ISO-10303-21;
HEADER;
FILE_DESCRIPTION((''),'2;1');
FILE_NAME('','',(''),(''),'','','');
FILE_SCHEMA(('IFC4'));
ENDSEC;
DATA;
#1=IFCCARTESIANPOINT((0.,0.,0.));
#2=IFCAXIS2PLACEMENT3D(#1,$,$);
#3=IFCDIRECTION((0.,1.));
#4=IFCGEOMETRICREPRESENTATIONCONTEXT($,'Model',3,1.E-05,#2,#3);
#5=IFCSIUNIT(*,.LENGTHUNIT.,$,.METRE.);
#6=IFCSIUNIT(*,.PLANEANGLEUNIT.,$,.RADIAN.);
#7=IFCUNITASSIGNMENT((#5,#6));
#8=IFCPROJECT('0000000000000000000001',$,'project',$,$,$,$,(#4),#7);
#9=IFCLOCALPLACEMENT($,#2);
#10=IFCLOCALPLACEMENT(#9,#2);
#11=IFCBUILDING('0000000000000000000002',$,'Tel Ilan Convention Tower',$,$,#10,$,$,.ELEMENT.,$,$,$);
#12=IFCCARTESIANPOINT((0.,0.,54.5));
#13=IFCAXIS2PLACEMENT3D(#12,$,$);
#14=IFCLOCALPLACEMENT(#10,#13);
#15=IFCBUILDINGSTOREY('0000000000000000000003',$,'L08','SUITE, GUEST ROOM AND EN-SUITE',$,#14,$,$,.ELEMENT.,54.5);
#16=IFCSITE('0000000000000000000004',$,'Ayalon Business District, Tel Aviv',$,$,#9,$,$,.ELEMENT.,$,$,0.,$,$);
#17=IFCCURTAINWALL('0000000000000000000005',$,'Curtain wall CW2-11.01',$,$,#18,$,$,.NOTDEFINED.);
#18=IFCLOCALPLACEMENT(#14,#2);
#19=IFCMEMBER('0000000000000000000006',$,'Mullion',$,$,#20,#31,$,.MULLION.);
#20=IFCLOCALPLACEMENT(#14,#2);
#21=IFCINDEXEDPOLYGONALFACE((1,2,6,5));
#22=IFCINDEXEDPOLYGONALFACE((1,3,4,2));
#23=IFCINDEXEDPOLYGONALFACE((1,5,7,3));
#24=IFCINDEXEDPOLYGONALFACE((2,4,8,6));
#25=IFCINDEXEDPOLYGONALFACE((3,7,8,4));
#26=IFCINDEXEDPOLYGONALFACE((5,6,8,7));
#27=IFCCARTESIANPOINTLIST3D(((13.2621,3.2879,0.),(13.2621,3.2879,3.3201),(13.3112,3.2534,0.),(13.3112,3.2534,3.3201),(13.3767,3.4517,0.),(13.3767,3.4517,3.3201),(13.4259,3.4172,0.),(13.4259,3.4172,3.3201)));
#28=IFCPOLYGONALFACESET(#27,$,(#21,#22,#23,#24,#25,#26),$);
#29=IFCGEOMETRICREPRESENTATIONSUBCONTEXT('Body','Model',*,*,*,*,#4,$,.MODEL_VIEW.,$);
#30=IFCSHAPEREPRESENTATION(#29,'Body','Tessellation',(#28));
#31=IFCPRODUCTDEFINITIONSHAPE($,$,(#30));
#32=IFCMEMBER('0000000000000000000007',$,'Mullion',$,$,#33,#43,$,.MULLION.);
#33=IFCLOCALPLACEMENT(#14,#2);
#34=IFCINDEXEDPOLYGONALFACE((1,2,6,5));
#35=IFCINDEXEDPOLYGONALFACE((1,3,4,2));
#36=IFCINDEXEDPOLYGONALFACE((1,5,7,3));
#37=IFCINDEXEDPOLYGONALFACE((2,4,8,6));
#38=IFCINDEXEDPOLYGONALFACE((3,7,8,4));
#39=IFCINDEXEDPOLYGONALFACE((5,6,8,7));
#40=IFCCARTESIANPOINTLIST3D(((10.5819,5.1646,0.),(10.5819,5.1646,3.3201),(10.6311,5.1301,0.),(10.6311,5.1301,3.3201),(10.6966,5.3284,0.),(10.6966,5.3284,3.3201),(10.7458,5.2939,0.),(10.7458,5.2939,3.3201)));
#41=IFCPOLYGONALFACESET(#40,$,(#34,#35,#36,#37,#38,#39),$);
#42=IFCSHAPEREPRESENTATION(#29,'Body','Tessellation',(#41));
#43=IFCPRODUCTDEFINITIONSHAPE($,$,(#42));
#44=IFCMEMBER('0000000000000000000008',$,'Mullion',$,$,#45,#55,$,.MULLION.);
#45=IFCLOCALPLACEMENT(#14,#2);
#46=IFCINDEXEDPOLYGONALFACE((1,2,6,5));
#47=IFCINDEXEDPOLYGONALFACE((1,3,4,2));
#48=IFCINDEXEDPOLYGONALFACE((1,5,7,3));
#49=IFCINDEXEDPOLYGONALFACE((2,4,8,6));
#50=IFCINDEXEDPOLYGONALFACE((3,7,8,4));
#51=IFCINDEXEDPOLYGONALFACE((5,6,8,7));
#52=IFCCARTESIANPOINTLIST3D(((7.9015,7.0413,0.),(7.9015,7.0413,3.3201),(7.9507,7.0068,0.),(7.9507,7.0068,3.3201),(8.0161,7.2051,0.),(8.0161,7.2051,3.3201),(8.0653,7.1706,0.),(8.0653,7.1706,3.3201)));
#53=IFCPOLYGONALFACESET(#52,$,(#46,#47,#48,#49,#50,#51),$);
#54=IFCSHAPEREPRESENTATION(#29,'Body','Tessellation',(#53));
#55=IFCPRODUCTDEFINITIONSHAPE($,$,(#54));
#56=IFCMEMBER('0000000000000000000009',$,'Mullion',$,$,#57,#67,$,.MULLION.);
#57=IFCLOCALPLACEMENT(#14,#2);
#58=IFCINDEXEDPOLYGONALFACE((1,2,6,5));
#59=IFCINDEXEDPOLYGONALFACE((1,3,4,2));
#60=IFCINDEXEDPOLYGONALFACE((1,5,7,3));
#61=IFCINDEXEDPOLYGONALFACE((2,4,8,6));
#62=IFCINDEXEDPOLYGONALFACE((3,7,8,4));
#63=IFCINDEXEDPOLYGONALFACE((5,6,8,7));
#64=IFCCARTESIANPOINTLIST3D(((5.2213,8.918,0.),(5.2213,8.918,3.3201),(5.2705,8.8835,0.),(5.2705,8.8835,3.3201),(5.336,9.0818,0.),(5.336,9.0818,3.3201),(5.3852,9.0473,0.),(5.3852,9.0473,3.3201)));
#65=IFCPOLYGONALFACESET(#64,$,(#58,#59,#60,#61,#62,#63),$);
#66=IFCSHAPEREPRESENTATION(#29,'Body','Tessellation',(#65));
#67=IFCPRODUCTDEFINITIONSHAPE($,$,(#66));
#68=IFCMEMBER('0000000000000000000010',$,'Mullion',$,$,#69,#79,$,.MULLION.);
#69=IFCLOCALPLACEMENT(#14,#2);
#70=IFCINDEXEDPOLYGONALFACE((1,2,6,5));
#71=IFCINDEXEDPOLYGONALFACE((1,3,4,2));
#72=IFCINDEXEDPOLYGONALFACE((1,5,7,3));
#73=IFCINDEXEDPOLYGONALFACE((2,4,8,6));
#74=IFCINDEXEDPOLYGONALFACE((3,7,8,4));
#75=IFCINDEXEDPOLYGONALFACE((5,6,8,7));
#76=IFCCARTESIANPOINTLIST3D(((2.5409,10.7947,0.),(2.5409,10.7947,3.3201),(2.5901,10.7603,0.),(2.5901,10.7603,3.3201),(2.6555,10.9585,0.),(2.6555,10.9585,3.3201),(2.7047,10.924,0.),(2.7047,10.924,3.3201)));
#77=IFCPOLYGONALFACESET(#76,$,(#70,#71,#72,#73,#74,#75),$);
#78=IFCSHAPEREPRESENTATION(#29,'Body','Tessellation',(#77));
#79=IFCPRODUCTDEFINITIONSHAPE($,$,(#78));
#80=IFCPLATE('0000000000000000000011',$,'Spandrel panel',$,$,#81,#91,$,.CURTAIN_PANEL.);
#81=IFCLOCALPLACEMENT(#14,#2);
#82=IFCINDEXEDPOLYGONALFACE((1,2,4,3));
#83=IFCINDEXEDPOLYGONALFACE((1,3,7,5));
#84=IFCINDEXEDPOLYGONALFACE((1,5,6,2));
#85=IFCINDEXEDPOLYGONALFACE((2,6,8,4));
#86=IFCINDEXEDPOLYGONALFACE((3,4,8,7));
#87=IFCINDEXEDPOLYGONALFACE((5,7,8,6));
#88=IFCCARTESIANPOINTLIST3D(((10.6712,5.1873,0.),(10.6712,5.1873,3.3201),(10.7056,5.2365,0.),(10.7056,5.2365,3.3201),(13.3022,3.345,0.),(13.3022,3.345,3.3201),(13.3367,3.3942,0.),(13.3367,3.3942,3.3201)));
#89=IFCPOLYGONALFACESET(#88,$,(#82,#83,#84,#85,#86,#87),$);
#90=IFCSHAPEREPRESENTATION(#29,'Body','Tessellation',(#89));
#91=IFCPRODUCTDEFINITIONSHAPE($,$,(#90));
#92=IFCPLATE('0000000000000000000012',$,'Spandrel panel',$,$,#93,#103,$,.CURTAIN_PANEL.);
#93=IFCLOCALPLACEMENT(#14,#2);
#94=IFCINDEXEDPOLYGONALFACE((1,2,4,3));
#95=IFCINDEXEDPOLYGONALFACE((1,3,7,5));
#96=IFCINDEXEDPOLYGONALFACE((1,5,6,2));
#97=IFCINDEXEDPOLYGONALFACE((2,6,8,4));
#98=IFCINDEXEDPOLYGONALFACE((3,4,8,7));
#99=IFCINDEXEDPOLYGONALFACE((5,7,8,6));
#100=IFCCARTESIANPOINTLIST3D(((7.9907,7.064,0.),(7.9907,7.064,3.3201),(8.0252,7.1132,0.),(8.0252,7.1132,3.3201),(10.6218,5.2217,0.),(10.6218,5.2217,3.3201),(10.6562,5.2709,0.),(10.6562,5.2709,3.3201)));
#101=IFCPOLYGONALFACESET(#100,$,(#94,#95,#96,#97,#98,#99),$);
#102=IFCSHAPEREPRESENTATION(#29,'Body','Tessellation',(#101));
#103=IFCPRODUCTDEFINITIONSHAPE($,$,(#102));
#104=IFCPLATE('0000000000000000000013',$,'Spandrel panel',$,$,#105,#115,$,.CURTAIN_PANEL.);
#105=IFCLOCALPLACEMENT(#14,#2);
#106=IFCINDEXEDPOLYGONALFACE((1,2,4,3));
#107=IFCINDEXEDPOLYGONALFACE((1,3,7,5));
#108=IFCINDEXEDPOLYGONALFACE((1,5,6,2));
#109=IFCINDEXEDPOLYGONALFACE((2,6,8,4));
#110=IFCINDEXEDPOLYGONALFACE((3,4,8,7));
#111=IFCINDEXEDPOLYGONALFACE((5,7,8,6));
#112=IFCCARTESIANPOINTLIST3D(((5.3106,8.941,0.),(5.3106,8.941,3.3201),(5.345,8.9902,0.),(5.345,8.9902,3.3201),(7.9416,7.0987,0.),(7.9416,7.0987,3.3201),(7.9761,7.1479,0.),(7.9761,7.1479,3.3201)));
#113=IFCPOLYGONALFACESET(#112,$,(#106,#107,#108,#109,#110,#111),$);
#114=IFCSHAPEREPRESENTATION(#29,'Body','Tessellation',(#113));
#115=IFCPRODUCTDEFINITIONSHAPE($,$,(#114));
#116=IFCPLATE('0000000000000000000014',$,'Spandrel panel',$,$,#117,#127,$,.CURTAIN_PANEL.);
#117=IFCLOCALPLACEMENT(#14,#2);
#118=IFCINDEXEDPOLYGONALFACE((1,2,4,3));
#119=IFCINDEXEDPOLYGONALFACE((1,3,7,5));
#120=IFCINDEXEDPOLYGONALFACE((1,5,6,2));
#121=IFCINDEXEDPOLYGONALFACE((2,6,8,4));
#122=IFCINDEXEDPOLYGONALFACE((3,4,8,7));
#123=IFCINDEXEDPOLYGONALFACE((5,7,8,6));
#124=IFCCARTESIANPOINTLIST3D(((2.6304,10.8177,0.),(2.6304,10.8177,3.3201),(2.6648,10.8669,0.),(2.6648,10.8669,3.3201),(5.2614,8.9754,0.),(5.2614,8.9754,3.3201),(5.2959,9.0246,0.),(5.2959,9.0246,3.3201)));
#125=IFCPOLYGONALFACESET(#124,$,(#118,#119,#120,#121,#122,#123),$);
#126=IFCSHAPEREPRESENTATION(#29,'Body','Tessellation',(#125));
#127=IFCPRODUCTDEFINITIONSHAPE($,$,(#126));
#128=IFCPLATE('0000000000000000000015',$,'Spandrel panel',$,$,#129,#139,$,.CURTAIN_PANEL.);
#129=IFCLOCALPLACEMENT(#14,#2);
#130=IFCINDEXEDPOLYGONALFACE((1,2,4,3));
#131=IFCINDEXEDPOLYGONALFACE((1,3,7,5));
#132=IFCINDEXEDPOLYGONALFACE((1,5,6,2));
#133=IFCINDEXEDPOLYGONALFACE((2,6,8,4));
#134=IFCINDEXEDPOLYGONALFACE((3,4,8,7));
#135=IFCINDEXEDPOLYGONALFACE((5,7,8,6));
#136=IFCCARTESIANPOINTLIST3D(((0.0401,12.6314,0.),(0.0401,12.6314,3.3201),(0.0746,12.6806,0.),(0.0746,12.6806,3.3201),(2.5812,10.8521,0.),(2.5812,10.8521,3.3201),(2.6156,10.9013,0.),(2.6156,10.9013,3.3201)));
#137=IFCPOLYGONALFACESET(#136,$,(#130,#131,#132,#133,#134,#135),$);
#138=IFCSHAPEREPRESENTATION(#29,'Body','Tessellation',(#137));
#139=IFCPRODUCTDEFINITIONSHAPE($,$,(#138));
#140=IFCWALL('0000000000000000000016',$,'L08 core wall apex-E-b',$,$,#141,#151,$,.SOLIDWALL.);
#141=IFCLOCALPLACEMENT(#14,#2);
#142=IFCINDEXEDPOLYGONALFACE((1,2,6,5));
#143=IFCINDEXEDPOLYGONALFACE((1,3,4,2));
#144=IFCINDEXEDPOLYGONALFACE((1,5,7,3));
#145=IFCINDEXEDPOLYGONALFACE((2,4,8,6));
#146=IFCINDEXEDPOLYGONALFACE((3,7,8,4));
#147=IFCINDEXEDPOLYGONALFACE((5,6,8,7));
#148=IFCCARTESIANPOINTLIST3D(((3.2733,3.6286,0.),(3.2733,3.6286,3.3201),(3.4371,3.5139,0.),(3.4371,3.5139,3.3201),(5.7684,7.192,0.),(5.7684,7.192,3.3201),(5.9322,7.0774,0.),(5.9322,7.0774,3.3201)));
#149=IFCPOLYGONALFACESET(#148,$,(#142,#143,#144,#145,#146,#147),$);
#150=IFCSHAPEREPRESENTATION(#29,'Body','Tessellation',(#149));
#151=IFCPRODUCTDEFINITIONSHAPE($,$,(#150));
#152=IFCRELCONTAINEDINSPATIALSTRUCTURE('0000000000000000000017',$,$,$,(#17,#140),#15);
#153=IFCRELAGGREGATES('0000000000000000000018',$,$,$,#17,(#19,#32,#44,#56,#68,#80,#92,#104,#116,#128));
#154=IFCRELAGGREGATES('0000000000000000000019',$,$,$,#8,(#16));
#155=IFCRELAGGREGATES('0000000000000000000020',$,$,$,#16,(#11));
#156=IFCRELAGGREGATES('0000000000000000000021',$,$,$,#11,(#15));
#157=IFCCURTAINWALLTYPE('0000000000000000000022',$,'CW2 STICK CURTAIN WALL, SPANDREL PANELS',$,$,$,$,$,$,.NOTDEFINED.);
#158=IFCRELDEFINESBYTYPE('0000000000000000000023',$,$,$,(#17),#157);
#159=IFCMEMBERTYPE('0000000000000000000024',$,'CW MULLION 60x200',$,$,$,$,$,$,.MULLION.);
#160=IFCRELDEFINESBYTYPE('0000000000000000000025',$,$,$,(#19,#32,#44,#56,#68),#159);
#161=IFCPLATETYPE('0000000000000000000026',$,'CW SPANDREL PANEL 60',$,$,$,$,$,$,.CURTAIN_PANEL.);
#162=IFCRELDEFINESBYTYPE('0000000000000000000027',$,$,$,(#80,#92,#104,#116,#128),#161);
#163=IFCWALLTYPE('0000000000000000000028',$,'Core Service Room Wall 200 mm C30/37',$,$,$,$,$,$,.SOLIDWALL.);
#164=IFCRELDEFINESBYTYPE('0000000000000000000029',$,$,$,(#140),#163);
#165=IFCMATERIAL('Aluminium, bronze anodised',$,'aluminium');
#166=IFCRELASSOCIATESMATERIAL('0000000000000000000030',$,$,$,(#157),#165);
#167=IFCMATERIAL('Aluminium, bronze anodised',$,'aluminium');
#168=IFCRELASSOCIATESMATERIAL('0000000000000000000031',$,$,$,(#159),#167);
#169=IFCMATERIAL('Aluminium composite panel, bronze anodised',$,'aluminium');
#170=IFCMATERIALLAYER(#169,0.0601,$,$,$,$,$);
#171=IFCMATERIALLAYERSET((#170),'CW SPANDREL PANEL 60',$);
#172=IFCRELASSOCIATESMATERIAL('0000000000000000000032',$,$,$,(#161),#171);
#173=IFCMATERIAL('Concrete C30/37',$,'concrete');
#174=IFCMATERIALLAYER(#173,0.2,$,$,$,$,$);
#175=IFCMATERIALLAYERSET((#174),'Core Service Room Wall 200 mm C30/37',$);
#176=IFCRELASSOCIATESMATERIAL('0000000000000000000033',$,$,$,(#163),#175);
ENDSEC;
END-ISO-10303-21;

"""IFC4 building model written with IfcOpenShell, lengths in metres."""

from ifc_helpers import new_model, si_unit, direction, frame, frame_2d, origin, origin_2d, place, context, subcontext, project, spatial, rectangle, extrude, material, layer, layer_set, material_profile, profile_set, type_object, element, aggregate, save


model = new_model("IFC4")

# Units and contexts
model_context = context("Model", 3, precision=1e-05, world=origin(), true_north=direction((0.0, 1.0)))
body_context = subcontext(model_context, "Body", "Model", "MODEL_VIEW")
ifc_project = project(units=[si_unit("LENGTHUNIT", "METRE"), si_unit("PLANEANGLEUNIT", "RADIAN")], contexts=[model_context])

# Site, building, storey
site_placement = place(None, origin())
site = spatial("IfcSite", under=ifc_project, at=site_placement, Name="Ayalon Business District, Tel Aviv", CompositionType="ELEMENT", RefElevation=0.0)
building_placement = place(site_placement, origin())
building = spatial("IfcBuilding", under=site, at=building_placement, Name="Tel Ilan Convention Tower", CompositionType="ELEMENT")
storey_placement = place(building_placement, frame((0.0, 0.0, 54.5)))
storey = spatial("IfcBuildingStorey", under=building, at=storey_placement, Name="L08", Description="SUITE, GUEST ROOM AND EN-SUITE", CompositionType="ELEMENT", Elevation=54.5)

# Curtain wall, members, plates
ifc_material_1 = material(Name="Aluminium, bronze anodised", Category="aluminium")
curtain_wall_type = type_object("IfcCurtainWallType", Name="CW2 STICK CURTAIN WALL, SPANDREL PANELS", PredefinedType="NOTDEFINED", material=ifc_material_1)
curtain_wall_placement = place(storey_placement, origin())
curtain_wall = element("IfcCurtainWall", 1, at=curtain_wall_placement, inside=storey, type_object=curtain_wall_type, Name="Curtain wall CW2-11.01", PredefinedType="NOTDEFINED")
ifc_material_2 = material(Name="Aluminium, bronze anodised", Category="aluminium")
ifc_material_profile = material_profile(ifc_material_2, rectangle(XDim=0.0601, YDim=0.2, at=origin_2d()), Name="CW MULLION 60x200")
ifc_profile_set = profile_set([ifc_material_profile], Name="Aluminium, bronze anodised")
member_type = type_object("IfcMemberType", Name="CW MULLION 60x200", PredefinedType="MULLION", material=ifc_profile_set)
member_1_placement = place(storey_placement, frame((13.344, 3.3525, 0.0), z_axis=(0.0, 0.0, 1.0), x_axis=(-0.819152, 0.573576, 0.0)))
member_1 = element("IfcMember", 2, at=member_1_placement, type_object=member_type, Name="Mullion", PredefinedType="MULLION", context=body_context, shape_type="SweptSolid", body=[
    extrude(rectangle(XDim=0.0601, YDim=0.2, at=origin_2d()), origin(), (0.0, 0.0, 1.0), 3.3201),
])
member_2_placement = place(storey_placement, frame((10.6638, 5.2292, 0.0), z_axis=(0.0, 0.0, 1.0), x_axis=(-0.819152, 0.573576, 0.0)))
member_2 = element("IfcMember", 3, at=member_2_placement, type_object=member_type, Name="Mullion", PredefinedType="MULLION", context=body_context, shape_type="SweptSolid", body=[
    extrude(rectangle(XDim=0.0601, YDim=0.2, at=origin_2d()), origin(), (0.0, 0.0, 1.0), 3.3201),
])
member_3_placement = place(storey_placement, frame((7.9834, 7.106, 0.0), z_axis=(0.0, 0.0, 1.0), x_axis=(-0.819152, 0.573576, 0.0)))
member_3 = element("IfcMember", 4, at=member_3_placement, type_object=member_type, Name="Mullion", PredefinedType="MULLION", context=body_context, shape_type="SweptSolid", body=[
    extrude(rectangle(XDim=0.0601, YDim=0.2, at=origin_2d()), origin(), (0.0, 0.0, 1.0), 3.3201),
])
member_4_placement = place(storey_placement, frame((5.3032, 8.9827, 0.0), z_axis=(0.0, 0.0, 1.0), x_axis=(-0.819152, 0.573576, 0.0)))
member_4 = element("IfcMember", 5, at=member_4_placement, type_object=member_type, Name="Mullion", PredefinedType="MULLION", context=body_context, shape_type="SweptSolid", body=[
    extrude(rectangle(XDim=0.0601, YDim=0.2, at=origin_2d()), origin(), (0.0, 0.0, 1.0), 3.3201),
])
member_5_placement = place(storey_placement, frame((2.6228, 10.8594, 0.0), z_axis=(0.0, 0.0, 1.0), x_axis=(-0.819152, 0.573576, 0.0)))
member_5 = element("IfcMember", 6, at=member_5_placement, type_object=member_type, Name="Mullion", PredefinedType="MULLION", context=body_context, shape_type="SweptSolid", body=[
    extrude(rectangle(XDim=0.0601, YDim=0.2, at=origin_2d()), origin(), (0.0, 0.0, 1.0), 3.3201),
])
ifc_material_3 = material(Name="Aluminium composite panel, bronze anodised", Category="aluminium")
ifc_layer_1 = layer(ifc_material_3, 0.0601)
ifc_layer_set_1 = layer_set([ifc_layer_1], Name="CW SPANDREL PANEL 60")
plate_type = type_object("IfcPlateType", Name="CW SPANDREL PANEL 60", PredefinedType="CURTAIN_PANEL", material=ifc_layer_set_1)
plate_1_placement = place(storey_placement, frame((12.0039, 4.2908, 0.0), z_axis=(0.0, 0.0, 1.0), x_axis=(-0.819152, 0.573576, 0.0)))
plate_1 = element("IfcPlate", 7, at=plate_1_placement, type_object=plate_type, Name="Spandrel panel", PredefinedType="CURTAIN_PANEL", context=body_context, shape_type="SweptSolid", body=[
    extrude(rectangle(XDim=3.2119, YDim=0.0601, at=origin_2d()), origin(), (0.0, 0.0, 1.0), 3.3201),
])
plate_2_placement = place(storey_placement, frame((9.3235, 6.1675, 0.0), z_axis=(0.0, 0.0, 1.0), x_axis=(-0.819152, 0.573576, 0.0)))
plate_2 = element("IfcPlate", 8, at=plate_2_placement, type_object=plate_type, Name="Spandrel panel", PredefinedType="CURTAIN_PANEL", context=body_context, shape_type="SweptSolid", body=[
    extrude(rectangle(XDim=3.2119, YDim=0.0601, at=origin_2d()), origin(), (0.0, 0.0, 1.0), 3.3201),
])
plate_3_placement = place(storey_placement, frame((6.6433, 8.0444, 0.0), z_axis=(0.0, 0.0, 1.0), x_axis=(-0.819152, 0.573576, 0.0)))
plate_3 = element("IfcPlate", 9, at=plate_3_placement, type_object=plate_type, Name="Spandrel panel", PredefinedType="CURTAIN_PANEL", context=body_context, shape_type="SweptSolid", body=[
    extrude(rectangle(XDim=3.2119, YDim=0.0601, at=origin_2d()), origin(), (0.0, 0.0, 1.0), 3.3201),
])
plate_4_placement = place(storey_placement, frame((3.9631, 9.9211, 0.0), z_axis=(0.0, 0.0, 1.0), x_axis=(-0.819152, 0.573576, 0.0)))
plate_4 = element("IfcPlate", 10, at=plate_4_placement, type_object=plate_type, Name="Spandrel panel", PredefinedType="CURTAIN_PANEL", context=body_context, shape_type="SweptSolid", body=[
    extrude(rectangle(XDim=3.2119, YDim=0.0601, at=origin_2d()), origin(), (0.0, 0.0, 1.0), 3.3201),
])
plate_5_placement = place(storey_placement, frame((1.3279, 11.7664, 0.0), z_axis=(0.0, 0.0, 1.0), x_axis=(-0.819152, 0.573576, 0.0)))
plate_5 = element("IfcPlate", 11, at=plate_5_placement, type_object=plate_type, Name="Spandrel panel", PredefinedType="CURTAIN_PANEL", context=body_context, shape_type="SweptSolid", body=[
    extrude(rectangle(XDim=3.1021, YDim=0.0601, at=origin_2d()), origin(), (0.0, 0.0, 1.0), 3.3201),
])
aggregate(curtain_wall, [member_1, member_2, member_3, member_4, member_5, plate_1, plate_2, plate_3, plate_4, plate_5])

# Wall
ifc_material_4 = material(Name="Concrete C30/37", Category="concrete")
ifc_layer_2 = layer(ifc_material_4, 0.2)
ifc_layer_set_2 = layer_set([ifc_layer_2], Name="Core Service Room Wall 200 mm C30/37")
wall_type_1 = type_object("IfcWallType", Name="Core Service Room Wall 200 mm C30/37", PredefinedType="SOLIDWALL", material=ifc_layer_set_2)
wall_1_placement = place(storey_placement, frame((3.3552, 3.5713, 0.0), z_axis=(0.0, 0.0, 1.0), x_axis=(0.573568, 0.819158, 0.0)))
element("IfcWall", 12, at=wall_1_placement, inside=storey, type_object=wall_type_1, Name="L08 core wall apex-E-b", PredefinedType="SOLIDWALL", context=body_context, shape_type="SweptSolid", body=[
    extrude(rectangle(XDim=4.3501, YDim=0.2, at=frame_2d((2.175, 0.0))), origin(), (0.0, 0.0, 1.0), 3.3201),
])

save(model, "model.ifc")
